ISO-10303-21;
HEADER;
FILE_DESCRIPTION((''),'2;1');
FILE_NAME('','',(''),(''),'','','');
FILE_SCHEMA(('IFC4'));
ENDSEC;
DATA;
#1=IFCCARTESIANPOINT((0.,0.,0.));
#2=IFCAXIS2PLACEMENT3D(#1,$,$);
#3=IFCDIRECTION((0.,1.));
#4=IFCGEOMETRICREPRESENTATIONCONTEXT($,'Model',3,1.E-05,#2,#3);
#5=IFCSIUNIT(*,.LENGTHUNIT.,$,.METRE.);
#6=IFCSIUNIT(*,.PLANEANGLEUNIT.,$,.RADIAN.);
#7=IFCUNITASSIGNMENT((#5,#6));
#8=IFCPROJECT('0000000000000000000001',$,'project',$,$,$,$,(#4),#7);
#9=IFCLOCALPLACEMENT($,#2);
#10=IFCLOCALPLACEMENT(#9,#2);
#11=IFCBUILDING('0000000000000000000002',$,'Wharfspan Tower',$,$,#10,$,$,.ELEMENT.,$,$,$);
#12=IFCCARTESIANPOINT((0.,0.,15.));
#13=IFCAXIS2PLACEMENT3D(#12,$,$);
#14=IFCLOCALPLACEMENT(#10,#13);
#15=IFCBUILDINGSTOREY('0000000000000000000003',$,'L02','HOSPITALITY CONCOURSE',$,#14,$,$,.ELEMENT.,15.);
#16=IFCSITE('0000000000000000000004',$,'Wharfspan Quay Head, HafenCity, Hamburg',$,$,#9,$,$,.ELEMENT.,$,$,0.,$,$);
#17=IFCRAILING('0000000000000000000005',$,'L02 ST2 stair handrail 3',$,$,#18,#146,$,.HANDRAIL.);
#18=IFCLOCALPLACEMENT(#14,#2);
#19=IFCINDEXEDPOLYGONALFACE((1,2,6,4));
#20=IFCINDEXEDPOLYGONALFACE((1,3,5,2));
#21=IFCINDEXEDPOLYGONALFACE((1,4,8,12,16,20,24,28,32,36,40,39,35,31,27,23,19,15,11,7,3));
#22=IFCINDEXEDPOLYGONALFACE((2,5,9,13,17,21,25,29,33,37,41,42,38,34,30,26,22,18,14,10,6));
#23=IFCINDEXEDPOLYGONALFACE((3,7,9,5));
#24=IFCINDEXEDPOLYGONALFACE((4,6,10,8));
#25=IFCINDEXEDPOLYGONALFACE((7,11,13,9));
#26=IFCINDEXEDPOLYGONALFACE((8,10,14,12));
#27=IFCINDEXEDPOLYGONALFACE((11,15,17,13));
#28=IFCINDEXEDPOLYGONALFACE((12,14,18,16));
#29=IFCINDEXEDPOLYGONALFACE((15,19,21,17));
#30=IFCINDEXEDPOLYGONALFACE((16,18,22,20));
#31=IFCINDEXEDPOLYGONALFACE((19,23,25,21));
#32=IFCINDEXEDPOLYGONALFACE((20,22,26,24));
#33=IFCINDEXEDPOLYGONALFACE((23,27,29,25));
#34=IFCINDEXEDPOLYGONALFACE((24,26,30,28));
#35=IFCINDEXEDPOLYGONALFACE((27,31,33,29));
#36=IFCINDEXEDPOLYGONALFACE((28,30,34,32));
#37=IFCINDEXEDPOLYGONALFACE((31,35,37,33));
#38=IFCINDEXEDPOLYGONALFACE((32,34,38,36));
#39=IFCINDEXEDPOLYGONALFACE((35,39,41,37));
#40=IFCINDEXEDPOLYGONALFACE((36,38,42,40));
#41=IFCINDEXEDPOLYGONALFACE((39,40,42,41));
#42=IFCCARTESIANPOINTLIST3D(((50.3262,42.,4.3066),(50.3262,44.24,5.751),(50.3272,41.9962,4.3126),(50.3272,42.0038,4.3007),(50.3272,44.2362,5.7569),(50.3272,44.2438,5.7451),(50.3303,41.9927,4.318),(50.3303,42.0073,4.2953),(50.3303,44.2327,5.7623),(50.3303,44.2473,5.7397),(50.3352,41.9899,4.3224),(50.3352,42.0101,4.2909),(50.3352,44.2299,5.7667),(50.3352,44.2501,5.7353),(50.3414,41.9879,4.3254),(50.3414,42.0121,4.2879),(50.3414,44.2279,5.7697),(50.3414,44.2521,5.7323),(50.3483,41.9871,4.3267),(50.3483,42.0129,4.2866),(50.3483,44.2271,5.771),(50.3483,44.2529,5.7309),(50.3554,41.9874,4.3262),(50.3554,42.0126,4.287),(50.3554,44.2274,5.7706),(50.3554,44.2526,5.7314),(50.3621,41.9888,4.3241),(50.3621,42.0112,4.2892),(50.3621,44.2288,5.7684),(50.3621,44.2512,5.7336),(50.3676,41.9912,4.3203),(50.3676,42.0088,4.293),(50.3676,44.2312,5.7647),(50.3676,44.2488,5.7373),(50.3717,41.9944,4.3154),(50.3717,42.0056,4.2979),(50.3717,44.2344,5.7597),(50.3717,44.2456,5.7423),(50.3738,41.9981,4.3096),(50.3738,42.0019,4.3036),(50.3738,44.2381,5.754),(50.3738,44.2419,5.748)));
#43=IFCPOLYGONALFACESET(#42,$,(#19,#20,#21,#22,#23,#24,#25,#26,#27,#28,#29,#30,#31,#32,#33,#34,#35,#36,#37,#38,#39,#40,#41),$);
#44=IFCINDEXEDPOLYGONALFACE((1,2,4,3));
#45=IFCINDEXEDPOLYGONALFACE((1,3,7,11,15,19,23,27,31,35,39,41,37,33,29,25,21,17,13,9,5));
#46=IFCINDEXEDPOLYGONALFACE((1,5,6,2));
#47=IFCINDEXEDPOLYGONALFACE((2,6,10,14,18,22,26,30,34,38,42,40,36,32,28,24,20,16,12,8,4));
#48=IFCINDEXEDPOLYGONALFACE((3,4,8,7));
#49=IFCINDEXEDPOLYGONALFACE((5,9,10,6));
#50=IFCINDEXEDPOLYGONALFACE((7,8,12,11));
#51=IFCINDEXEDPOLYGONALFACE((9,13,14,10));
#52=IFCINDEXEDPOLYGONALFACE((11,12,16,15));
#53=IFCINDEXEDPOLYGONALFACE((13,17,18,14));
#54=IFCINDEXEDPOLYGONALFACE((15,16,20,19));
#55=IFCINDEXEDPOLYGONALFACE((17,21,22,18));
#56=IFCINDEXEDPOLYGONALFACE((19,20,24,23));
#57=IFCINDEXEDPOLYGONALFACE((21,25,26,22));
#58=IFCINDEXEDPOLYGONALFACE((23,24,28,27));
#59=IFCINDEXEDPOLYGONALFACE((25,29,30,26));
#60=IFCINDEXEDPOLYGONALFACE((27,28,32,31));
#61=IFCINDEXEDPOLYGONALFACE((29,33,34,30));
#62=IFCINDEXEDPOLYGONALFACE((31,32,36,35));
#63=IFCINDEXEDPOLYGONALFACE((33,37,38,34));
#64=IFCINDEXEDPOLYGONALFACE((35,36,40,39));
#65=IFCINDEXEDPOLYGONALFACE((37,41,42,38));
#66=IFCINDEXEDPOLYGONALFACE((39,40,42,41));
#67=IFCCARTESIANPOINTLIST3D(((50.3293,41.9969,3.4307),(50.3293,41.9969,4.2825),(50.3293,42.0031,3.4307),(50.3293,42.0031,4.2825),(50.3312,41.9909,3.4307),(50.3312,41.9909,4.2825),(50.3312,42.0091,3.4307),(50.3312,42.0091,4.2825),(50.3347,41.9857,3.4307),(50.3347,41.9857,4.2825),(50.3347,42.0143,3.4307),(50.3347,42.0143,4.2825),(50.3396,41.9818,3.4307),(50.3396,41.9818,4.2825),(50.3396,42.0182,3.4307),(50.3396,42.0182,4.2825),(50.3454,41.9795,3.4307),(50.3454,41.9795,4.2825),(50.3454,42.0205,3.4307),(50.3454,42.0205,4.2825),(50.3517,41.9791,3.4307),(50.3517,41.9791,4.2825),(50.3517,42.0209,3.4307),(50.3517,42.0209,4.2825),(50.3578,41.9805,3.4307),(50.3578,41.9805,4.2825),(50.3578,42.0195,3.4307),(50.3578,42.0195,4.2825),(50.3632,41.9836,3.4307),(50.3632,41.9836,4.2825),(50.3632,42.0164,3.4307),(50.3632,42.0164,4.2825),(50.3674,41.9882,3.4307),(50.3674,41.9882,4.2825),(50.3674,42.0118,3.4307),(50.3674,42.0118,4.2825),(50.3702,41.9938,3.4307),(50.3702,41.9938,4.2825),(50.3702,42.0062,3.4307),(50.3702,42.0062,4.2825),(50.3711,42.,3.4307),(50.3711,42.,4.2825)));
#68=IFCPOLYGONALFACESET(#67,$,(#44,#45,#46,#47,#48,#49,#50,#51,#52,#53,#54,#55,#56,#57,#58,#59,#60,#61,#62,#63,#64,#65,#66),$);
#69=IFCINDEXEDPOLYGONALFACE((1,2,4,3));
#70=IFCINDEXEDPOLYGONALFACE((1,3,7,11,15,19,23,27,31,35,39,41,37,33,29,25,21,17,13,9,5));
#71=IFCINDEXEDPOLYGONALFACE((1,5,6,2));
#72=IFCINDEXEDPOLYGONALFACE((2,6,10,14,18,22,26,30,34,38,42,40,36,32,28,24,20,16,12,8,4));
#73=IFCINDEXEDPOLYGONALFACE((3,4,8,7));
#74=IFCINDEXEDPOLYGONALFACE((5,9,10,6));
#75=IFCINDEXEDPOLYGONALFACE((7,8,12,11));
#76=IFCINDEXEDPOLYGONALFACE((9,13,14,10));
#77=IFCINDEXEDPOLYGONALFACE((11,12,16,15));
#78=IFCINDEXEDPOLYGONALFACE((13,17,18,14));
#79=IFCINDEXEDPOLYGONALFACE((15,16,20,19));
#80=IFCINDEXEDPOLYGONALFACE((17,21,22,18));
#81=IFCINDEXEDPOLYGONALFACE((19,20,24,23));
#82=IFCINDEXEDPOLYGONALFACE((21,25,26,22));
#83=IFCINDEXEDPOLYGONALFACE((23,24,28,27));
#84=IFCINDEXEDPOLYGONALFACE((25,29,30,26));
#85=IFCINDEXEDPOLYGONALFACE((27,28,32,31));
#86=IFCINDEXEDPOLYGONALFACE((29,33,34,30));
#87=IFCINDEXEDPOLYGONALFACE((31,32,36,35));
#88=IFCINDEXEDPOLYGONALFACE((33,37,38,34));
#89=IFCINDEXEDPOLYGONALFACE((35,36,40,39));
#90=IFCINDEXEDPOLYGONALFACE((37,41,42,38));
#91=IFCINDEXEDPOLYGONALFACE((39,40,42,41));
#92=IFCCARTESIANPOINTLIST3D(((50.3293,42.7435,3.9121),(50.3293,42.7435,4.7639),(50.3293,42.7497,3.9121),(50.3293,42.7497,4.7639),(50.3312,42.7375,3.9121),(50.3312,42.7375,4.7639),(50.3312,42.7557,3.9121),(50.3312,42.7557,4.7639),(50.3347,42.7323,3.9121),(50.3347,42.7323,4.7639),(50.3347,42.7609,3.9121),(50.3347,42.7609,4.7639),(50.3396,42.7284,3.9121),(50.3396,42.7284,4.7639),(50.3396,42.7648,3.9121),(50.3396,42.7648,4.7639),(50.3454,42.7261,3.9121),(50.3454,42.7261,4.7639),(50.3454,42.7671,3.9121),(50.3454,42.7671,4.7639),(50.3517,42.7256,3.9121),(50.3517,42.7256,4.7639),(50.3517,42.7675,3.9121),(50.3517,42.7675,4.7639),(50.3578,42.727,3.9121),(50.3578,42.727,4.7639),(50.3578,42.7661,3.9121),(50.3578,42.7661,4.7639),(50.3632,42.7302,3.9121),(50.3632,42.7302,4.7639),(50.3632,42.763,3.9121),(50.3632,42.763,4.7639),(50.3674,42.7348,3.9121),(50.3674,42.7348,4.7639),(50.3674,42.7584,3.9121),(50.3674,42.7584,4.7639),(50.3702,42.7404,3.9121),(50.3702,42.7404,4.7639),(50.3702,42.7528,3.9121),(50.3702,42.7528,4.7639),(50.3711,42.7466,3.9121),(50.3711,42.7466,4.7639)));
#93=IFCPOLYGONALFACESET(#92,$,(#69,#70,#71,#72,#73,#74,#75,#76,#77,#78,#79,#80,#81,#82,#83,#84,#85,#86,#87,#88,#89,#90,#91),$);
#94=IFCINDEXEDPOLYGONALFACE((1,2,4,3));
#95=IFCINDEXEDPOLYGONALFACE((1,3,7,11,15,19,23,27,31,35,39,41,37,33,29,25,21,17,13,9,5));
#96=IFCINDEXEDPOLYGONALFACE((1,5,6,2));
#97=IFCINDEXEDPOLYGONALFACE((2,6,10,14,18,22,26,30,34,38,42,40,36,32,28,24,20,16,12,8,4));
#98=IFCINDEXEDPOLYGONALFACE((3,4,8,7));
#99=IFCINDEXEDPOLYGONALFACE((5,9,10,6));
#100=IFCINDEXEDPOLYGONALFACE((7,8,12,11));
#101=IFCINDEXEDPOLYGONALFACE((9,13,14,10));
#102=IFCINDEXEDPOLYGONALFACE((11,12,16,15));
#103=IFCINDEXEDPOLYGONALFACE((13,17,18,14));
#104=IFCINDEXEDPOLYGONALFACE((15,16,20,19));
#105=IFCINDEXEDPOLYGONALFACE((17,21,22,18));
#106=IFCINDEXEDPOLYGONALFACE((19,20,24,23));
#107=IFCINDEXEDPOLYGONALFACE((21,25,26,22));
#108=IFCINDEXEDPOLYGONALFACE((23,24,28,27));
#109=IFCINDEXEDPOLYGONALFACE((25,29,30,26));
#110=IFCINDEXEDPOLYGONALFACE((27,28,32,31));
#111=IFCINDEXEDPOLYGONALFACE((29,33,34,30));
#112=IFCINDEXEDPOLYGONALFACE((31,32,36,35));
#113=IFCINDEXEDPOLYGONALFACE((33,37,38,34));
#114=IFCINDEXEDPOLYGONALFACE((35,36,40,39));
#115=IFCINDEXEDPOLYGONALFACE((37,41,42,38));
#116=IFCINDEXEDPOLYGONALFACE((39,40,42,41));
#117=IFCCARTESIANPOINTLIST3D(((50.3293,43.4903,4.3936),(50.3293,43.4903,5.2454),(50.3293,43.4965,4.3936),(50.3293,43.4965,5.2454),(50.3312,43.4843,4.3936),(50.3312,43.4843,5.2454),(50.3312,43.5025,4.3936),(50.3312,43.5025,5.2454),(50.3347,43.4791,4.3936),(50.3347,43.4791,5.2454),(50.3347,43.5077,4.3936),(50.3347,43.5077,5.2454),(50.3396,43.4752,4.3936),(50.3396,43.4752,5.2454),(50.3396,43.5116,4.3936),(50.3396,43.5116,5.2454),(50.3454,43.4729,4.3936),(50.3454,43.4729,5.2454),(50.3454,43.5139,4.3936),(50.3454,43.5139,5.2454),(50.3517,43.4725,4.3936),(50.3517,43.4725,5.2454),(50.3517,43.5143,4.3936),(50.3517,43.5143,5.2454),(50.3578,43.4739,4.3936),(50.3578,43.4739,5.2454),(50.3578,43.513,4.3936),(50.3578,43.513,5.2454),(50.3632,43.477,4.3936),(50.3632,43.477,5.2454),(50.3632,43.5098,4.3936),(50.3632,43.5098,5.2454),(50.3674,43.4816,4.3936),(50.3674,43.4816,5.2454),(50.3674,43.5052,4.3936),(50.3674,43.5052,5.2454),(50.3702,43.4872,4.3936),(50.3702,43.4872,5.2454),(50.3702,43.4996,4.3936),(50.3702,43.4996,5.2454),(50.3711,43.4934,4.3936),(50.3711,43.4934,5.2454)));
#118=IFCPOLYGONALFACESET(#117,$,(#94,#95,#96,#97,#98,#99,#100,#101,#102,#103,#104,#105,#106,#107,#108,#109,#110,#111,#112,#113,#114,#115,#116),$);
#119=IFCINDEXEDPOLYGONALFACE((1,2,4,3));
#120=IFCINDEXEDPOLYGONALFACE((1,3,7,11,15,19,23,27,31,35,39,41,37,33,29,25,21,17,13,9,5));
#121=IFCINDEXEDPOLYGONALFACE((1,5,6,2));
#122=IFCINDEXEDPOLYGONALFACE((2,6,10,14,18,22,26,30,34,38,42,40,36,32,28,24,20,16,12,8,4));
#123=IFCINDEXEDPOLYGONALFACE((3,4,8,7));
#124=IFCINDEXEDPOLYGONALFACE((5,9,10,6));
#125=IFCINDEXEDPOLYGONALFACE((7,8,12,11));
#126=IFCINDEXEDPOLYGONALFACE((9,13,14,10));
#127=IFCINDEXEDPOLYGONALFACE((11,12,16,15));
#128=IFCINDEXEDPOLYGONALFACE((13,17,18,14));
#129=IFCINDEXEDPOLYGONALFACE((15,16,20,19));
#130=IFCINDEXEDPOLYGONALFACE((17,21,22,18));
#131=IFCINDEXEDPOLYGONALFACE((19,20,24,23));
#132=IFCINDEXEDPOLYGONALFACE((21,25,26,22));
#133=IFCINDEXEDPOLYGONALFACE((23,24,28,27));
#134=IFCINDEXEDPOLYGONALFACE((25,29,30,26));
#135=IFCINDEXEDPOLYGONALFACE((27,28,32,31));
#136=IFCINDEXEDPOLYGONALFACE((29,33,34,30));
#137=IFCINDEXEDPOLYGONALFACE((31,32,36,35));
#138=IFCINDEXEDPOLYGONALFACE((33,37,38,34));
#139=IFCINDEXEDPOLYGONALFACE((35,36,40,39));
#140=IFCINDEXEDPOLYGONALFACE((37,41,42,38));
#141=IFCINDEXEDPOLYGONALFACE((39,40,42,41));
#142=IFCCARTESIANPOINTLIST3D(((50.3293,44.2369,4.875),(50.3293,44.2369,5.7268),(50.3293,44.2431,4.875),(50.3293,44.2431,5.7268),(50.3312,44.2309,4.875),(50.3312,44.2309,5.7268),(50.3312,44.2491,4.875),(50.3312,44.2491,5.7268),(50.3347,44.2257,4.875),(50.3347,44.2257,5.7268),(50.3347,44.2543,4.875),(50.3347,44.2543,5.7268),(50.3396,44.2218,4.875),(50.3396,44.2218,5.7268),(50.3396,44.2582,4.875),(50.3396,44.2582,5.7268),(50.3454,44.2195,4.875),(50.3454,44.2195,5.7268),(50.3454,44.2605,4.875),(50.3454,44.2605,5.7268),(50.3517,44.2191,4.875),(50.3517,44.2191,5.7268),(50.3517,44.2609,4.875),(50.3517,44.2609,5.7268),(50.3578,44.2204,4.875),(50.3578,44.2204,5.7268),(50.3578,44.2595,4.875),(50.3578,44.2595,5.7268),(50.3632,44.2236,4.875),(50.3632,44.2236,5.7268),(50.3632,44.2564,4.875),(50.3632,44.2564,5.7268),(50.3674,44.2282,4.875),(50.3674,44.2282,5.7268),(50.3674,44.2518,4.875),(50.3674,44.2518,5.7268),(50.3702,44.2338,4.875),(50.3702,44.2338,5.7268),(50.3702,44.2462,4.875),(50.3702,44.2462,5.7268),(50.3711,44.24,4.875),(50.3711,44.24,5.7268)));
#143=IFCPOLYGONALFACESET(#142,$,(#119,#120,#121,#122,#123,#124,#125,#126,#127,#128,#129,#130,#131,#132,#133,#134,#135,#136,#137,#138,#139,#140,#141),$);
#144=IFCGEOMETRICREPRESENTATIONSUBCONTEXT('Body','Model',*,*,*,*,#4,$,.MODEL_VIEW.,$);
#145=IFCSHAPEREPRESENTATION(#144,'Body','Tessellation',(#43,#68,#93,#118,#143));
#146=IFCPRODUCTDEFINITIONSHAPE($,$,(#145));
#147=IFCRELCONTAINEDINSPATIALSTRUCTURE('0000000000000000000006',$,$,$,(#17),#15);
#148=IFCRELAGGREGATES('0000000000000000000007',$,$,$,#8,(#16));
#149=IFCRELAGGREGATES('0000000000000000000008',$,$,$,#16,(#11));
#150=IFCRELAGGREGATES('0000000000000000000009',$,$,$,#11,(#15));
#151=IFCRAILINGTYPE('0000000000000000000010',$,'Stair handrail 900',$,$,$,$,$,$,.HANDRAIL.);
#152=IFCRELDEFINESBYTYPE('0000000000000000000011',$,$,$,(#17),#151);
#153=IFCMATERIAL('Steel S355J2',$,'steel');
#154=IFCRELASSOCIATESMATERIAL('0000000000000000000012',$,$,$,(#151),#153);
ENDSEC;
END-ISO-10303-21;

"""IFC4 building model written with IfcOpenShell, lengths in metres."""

from ifc_helpers import new_model, si_unit, direction, frame, origin, origin_2d, place, context, subcontext, project, spatial, circle, extrude, material, type_object, element, save


model = new_model("IFC4")

# Units and contexts
model_context = context("Model", 3, precision=1e-05, world=origin(), true_north=direction((0.0, 1.0)))
body_context = subcontext(model_context, "Body", "Model", "MODEL_VIEW")
ifc_project = project(units=[si_unit("LENGTHUNIT", "METRE"), si_unit("PLANEANGLEUNIT", "RADIAN")], contexts=[model_context])

# Site, building, storey
site_placement = place(None, origin())
site = spatial("IfcSite", under=ifc_project, at=site_placement, Name="Wharfspan Quay Head, HafenCity, Hamburg", CompositionType="ELEMENT", RefElevation=0.0)
building_placement = place(site_placement, origin())
building = spatial("IfcBuilding", under=site, at=building_placement, Name="Wharfspan Tower", CompositionType="ELEMENT")
storey_placement = place(building_placement, frame((0.0, 0.0, 15.0)))
storey = spatial("IfcBuildingStorey", under=building, at=storey_placement, Name="L02", Description="HOSPITALITY CONCOURSE", CompositionType="ELEMENT", Elevation=15.0)

# Railing
ifc_material_1 = material(Name="Steel S355J2", Category="steel")
railing_type_1 = type_object("IfcRailingType", Name="Stair handrail 900", PredefinedType="HANDRAIL", material=ifc_material_1)
railing_1_placement = place(storey_placement, frame((50.3501, 42.0, 3.4307)))
element("IfcRailing", 1, at=railing_1_placement, inside=storey, type_object=railing_type_1, Name="L02 ST2 stair handrail 3", PredefinedType="HANDRAIL", context=body_context, shape_type="SweptSolid", body=[
    extrude(circle(Radius=0.0239, at=origin_2d()), frame((0.0, 0.0, 0.876), z_axis=(0.0, 0.840437, 0.54191), x_axis=(-1.0, 0.0, 0.0)), (0.0, 0.0, 1.0), 2.6653),
    extrude(circle(Radius=0.021, at=origin_2d()), origin(), (0.0, 0.0, 1.0), 0.8518),
    extrude(circle(Radius=0.021, at=origin_2d()), frame((0.0, 0.7466, 0.4814)), (0.0, 0.0, 1.0), 0.8518),
    extrude(circle(Radius=0.021, at=origin_2d()), frame((0.0, 1.4934, 0.9629)), (0.0, 0.0, 1.0), 0.8518),
    extrude(circle(Radius=0.021, at=origin_2d()), frame((0.0, 2.24, 1.4443)), (0.0, 0.0, 1.0), 0.8518),
])

save(model, "model.ifc")
